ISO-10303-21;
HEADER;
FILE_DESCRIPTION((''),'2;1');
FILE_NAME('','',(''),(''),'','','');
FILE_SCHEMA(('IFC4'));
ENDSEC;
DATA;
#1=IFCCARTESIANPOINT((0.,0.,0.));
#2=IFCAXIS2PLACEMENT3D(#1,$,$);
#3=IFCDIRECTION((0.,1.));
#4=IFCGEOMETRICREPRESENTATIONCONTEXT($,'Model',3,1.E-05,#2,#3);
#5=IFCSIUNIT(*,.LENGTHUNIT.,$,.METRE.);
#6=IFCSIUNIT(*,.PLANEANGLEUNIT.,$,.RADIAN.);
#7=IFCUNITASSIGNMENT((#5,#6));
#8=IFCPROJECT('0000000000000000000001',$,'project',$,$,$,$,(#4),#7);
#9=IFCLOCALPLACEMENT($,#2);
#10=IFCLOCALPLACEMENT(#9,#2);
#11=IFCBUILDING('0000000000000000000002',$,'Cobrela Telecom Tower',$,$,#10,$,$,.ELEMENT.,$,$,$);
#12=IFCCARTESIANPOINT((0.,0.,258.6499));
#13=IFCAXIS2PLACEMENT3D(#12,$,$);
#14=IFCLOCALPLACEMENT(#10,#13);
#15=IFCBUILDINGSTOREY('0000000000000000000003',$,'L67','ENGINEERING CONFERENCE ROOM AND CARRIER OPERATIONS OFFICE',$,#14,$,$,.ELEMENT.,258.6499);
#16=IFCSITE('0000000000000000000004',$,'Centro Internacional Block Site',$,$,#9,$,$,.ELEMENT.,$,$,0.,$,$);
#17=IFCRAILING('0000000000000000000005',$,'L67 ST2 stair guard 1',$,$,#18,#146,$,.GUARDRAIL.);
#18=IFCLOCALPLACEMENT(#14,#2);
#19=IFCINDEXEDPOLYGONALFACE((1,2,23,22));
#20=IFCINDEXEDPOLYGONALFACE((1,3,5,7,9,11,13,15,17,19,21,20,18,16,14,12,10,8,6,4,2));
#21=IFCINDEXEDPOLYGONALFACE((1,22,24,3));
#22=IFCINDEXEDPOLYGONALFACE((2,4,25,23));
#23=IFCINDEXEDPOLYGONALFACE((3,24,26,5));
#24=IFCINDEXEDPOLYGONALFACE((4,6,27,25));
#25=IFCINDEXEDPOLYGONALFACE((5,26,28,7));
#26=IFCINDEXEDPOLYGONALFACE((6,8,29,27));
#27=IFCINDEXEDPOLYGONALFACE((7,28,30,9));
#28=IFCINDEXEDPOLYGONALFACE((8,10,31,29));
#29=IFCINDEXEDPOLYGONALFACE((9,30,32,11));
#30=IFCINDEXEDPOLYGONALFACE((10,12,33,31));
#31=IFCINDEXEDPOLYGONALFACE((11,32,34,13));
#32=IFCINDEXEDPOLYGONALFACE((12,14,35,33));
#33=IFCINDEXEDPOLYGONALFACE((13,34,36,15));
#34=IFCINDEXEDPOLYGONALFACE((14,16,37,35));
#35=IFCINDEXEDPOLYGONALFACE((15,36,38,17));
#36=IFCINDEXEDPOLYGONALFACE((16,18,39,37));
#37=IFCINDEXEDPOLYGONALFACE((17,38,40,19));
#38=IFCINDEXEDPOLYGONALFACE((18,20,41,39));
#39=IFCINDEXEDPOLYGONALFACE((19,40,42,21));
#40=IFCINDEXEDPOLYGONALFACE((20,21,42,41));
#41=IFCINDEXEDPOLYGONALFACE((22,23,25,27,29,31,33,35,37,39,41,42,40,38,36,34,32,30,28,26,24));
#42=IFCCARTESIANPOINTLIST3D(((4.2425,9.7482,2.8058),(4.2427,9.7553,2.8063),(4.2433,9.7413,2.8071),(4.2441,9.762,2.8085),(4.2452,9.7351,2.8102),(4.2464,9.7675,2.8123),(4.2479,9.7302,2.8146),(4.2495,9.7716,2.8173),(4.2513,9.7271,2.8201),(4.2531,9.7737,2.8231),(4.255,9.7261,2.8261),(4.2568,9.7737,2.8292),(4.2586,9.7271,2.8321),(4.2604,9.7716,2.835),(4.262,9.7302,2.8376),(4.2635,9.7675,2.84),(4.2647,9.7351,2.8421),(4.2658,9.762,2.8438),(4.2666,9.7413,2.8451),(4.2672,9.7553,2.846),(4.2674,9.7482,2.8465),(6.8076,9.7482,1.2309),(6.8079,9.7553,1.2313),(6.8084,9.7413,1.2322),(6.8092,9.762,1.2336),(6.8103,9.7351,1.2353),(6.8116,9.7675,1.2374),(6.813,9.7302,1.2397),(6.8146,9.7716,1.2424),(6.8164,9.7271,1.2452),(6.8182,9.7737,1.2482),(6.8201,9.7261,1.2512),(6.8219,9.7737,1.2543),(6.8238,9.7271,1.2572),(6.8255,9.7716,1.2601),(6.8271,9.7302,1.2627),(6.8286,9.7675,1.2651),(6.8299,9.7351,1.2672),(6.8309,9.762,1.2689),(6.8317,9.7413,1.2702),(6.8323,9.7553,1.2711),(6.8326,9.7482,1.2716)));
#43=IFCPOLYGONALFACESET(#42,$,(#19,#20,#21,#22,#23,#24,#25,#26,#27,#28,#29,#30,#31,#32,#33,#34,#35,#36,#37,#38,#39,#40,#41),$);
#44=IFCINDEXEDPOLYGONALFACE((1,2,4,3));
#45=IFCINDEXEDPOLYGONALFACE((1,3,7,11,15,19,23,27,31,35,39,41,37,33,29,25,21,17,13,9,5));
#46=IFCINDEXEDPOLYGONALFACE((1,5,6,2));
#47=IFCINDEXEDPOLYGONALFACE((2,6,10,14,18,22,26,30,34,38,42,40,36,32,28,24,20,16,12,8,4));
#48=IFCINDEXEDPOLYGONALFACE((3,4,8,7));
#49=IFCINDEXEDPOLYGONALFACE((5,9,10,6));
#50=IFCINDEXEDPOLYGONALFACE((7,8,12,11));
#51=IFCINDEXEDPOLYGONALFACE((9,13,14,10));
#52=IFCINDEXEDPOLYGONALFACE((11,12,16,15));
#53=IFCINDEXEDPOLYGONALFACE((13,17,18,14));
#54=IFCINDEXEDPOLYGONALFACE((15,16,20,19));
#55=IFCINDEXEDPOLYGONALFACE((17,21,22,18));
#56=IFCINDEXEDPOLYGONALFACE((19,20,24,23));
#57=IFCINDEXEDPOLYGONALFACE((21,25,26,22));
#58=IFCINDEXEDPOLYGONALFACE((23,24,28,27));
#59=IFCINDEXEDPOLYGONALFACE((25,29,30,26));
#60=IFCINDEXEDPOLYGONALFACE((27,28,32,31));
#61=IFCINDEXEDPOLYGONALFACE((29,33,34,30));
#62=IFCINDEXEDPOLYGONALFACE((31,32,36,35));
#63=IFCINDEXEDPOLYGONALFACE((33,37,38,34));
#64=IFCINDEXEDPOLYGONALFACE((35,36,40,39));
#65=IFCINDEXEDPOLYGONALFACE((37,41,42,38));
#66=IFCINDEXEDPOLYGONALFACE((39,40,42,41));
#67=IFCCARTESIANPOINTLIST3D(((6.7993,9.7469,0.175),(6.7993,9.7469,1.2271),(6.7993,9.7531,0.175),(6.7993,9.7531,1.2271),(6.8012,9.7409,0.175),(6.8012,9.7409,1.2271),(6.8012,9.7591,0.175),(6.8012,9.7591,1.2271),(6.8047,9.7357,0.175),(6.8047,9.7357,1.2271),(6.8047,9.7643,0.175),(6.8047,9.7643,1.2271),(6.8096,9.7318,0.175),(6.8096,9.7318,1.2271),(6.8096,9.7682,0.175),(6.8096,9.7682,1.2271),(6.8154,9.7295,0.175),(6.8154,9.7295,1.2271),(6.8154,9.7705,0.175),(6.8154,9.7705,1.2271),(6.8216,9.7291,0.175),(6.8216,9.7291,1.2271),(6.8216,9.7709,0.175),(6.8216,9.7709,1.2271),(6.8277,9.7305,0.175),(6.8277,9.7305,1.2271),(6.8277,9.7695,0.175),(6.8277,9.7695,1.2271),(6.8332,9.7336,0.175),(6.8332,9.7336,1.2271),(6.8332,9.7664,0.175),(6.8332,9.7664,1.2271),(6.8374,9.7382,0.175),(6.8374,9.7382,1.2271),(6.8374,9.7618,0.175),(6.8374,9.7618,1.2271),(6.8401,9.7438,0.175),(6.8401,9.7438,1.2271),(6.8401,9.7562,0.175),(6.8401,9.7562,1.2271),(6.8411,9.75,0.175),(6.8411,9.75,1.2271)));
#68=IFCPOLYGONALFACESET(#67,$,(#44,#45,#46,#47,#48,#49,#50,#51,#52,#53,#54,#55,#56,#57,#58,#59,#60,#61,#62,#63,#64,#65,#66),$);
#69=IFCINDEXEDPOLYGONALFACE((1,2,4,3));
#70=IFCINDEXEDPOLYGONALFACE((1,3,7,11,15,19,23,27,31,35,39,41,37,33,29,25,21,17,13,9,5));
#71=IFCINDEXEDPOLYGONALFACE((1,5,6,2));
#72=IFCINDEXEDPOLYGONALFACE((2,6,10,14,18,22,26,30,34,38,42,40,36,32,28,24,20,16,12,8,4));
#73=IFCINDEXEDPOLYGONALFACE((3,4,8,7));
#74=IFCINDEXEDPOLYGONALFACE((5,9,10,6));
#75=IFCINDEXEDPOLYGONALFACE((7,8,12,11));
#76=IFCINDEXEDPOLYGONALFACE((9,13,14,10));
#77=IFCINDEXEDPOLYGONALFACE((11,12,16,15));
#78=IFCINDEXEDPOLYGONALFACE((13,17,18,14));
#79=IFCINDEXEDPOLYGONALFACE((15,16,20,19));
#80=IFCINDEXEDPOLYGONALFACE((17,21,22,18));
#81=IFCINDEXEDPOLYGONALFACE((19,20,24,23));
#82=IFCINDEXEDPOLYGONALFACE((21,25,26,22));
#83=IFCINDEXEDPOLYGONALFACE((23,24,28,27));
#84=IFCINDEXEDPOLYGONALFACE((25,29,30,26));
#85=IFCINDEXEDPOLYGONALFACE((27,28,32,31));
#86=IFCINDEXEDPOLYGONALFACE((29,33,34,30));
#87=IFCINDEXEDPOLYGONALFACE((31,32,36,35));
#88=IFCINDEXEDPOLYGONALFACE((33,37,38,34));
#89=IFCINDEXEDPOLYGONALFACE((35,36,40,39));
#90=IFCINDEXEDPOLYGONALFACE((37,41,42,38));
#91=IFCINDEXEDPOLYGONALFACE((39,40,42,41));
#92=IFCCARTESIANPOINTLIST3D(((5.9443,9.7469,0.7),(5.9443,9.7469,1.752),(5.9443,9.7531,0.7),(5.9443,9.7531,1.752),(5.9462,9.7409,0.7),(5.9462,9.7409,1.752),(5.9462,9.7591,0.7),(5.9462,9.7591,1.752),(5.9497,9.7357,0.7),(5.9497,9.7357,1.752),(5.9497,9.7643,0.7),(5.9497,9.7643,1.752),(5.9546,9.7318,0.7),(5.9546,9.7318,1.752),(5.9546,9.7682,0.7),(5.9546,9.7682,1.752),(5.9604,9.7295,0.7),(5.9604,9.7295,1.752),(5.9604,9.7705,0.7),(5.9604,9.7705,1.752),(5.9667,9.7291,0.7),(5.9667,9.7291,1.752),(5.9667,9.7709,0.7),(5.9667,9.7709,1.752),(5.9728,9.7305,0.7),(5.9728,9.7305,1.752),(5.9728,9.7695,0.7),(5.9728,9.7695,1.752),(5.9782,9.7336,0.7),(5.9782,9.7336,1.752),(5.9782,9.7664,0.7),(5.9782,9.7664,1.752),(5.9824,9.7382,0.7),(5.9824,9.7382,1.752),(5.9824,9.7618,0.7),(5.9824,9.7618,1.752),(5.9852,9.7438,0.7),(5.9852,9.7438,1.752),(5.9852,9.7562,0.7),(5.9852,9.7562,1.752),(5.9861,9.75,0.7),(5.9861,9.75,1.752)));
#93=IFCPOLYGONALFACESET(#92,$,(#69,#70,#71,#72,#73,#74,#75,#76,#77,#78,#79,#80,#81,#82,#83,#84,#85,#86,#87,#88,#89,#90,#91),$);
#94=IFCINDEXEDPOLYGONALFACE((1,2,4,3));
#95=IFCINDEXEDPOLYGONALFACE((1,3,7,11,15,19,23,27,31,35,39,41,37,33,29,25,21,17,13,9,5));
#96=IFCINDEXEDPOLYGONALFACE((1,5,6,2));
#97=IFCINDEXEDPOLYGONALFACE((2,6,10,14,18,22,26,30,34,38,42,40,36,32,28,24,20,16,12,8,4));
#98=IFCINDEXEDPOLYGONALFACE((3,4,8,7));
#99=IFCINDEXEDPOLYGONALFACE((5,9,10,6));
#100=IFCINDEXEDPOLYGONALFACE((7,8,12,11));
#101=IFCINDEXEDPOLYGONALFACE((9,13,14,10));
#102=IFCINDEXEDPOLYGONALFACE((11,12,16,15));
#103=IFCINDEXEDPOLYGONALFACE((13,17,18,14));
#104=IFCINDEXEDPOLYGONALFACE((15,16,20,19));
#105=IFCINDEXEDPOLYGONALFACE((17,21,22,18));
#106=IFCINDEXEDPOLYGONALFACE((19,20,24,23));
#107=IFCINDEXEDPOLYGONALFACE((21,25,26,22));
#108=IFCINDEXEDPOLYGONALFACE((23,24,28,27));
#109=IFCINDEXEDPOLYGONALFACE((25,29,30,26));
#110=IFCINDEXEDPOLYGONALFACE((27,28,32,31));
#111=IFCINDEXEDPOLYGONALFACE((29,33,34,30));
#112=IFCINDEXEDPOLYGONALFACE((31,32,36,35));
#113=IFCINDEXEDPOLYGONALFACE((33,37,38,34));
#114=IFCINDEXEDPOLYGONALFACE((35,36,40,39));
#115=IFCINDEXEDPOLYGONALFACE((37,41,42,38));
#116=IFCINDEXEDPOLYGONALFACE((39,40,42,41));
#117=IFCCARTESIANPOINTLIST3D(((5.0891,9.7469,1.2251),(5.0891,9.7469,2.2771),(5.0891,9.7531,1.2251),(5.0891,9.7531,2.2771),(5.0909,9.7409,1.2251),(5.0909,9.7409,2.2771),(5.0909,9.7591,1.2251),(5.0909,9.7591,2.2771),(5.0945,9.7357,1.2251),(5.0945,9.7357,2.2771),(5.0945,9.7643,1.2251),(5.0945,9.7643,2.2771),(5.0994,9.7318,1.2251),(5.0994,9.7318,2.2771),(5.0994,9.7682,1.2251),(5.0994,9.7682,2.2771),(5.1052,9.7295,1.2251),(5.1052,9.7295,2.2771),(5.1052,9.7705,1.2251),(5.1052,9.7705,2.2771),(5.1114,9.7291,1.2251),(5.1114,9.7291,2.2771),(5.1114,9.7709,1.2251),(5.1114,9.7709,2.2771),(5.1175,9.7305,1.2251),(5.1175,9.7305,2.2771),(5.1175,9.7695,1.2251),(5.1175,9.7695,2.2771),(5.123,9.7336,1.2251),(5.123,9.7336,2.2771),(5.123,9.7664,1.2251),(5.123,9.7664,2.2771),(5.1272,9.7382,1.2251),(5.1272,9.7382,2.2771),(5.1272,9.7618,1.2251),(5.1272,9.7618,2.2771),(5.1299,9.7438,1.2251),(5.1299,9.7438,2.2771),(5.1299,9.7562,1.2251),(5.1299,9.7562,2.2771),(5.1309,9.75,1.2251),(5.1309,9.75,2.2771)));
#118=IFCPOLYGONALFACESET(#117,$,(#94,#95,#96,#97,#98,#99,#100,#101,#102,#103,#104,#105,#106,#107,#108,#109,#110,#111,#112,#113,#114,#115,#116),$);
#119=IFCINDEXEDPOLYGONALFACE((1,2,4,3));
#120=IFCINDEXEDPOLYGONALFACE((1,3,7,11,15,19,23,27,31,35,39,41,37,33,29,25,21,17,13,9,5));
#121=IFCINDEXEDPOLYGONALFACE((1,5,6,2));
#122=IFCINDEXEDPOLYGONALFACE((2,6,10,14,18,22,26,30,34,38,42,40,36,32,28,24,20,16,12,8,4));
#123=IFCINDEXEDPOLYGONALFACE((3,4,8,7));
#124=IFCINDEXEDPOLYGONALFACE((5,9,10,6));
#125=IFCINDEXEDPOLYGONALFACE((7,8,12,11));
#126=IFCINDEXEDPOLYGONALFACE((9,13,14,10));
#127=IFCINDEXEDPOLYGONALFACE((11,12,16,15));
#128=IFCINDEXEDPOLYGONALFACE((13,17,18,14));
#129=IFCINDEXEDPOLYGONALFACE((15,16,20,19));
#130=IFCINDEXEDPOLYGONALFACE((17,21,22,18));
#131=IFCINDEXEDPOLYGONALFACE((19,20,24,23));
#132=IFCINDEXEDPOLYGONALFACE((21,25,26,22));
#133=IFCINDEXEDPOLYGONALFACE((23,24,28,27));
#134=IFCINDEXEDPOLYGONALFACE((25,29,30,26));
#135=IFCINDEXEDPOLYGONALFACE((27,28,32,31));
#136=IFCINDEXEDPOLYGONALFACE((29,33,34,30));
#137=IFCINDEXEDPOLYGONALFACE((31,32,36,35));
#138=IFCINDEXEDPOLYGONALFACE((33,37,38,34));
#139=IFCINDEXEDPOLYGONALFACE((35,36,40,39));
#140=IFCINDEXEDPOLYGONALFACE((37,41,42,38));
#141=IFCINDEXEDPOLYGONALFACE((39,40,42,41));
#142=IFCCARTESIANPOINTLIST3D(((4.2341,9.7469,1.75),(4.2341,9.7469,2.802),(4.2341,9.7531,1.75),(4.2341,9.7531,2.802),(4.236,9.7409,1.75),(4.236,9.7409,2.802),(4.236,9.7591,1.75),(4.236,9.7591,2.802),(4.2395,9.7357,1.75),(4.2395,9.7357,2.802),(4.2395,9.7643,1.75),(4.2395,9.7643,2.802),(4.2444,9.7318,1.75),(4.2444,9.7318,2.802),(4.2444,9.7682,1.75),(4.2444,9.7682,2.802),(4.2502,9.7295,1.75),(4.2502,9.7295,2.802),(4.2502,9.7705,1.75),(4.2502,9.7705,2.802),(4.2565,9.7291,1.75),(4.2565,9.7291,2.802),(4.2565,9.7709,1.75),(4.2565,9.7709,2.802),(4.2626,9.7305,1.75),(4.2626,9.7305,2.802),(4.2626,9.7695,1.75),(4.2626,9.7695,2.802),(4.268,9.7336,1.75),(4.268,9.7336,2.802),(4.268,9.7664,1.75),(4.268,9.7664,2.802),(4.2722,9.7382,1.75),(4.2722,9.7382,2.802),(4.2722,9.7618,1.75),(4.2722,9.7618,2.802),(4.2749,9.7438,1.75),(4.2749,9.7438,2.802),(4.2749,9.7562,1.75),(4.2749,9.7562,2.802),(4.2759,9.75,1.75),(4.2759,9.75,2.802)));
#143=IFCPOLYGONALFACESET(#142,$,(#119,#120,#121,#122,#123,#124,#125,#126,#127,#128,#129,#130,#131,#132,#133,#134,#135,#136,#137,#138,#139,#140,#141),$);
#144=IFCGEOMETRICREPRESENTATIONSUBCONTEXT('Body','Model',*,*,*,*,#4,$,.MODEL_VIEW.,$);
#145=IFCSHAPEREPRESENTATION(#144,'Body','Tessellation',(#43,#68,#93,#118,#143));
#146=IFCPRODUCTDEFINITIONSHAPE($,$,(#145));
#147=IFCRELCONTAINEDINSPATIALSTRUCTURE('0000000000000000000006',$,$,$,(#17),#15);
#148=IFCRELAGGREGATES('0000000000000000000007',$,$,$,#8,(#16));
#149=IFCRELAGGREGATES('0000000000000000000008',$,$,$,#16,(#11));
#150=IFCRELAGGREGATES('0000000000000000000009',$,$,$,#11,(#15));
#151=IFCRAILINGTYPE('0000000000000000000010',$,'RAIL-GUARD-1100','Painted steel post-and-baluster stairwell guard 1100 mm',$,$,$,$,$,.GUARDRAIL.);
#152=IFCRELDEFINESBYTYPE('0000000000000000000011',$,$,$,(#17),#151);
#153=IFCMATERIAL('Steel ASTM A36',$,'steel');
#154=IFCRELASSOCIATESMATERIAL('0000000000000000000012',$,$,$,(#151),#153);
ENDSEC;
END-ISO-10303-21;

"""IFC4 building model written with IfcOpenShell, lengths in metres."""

from ifc_helpers import new_model, si_unit, direction, frame, origin, origin_2d, place, context, subcontext, project, spatial, circle, extrude, material, type_object, element, save


model = new_model("IFC4")

# Units and contexts
model_context = context("Model", 3, precision=1e-05, world=origin(), true_north=direction((0.0, 1.0)))
body_context = subcontext(model_context, "Body", "Model", "MODEL_VIEW")
ifc_project = project(units=[si_unit("LENGTHUNIT", "METRE"), si_unit("PLANEANGLEUNIT", "RADIAN")], contexts=[model_context])

# Site, building, storey
site_placement = place(None, origin())
site = spatial("IfcSite", under=ifc_project, at=site_placement, Name="Centro Internacional Block Site", CompositionType="ELEMENT", RefElevation=0.0)
building_placement = place(site_placement, origin())
building = spatial("IfcBuilding", under=site, at=building_placement, Name="Cobrela Telecom Tower", CompositionType="ELEMENT")
storey_placement = place(building_placement, frame((0.0, 0.0, 258.6499)))
storey = spatial("IfcBuildingStorey", under=building, at=storey_placement, Name="L67", Description="ENGINEERING CONFERENCE ROOM AND CARRIER OPERATIONS OFFICE", CompositionType="ELEMENT", Elevation=258.6499)

# Railing
ifc_material_1 = material(Name="Steel ASTM A36", Category="steel")
railing_type_1 = type_object("IfcRailingType", Name="RAIL-GUARD-1100", Description="Painted steel post-and-baluster stairwell guard 1100 mm", PredefinedType="GUARDRAIL", material=ifc_material_1)
railing_1_placement = place(storey_placement, frame((6.8201, 9.75, 0.175)))
element("IfcRailing", 1, at=railing_1_placement, inside=storey, type_object=railing_type_1, Name="L67 ST2 stair guard 1", PredefinedType="GUARDRAIL", context=body_context, shape_type="SweptSolid", body=[
    extrude(circle(Radius=0.0239, at=origin_2d()), frame((0.0, 0.0, 1.0762), z_axis=(-0.852195, 0.0, 0.523224), x_axis=(0.0, -1.0, 0.0)), (0.0, 0.0, 1.0), 3.01),
    extrude(circle(Radius=0.021, at=origin_2d()), origin(), (0.0, 0.0, 1.0), 1.052),
    extrude(circle(Radius=0.021, at=origin_2d()), frame((-0.855, 0.0, 0.5249)), (0.0, 0.0, 1.0), 1.052),
    extrude(circle(Radius=0.021, at=origin_2d()), frame((-1.7102, 0.0, 1.05)), (0.0, 0.0, 1.0), 1.052),
    extrude(circle(Radius=0.021, at=origin_2d()), frame((-2.5652, 0.0, 1.575)), (0.0, 0.0, 1.0), 1.052),
])

save(model, "model.ifc")
